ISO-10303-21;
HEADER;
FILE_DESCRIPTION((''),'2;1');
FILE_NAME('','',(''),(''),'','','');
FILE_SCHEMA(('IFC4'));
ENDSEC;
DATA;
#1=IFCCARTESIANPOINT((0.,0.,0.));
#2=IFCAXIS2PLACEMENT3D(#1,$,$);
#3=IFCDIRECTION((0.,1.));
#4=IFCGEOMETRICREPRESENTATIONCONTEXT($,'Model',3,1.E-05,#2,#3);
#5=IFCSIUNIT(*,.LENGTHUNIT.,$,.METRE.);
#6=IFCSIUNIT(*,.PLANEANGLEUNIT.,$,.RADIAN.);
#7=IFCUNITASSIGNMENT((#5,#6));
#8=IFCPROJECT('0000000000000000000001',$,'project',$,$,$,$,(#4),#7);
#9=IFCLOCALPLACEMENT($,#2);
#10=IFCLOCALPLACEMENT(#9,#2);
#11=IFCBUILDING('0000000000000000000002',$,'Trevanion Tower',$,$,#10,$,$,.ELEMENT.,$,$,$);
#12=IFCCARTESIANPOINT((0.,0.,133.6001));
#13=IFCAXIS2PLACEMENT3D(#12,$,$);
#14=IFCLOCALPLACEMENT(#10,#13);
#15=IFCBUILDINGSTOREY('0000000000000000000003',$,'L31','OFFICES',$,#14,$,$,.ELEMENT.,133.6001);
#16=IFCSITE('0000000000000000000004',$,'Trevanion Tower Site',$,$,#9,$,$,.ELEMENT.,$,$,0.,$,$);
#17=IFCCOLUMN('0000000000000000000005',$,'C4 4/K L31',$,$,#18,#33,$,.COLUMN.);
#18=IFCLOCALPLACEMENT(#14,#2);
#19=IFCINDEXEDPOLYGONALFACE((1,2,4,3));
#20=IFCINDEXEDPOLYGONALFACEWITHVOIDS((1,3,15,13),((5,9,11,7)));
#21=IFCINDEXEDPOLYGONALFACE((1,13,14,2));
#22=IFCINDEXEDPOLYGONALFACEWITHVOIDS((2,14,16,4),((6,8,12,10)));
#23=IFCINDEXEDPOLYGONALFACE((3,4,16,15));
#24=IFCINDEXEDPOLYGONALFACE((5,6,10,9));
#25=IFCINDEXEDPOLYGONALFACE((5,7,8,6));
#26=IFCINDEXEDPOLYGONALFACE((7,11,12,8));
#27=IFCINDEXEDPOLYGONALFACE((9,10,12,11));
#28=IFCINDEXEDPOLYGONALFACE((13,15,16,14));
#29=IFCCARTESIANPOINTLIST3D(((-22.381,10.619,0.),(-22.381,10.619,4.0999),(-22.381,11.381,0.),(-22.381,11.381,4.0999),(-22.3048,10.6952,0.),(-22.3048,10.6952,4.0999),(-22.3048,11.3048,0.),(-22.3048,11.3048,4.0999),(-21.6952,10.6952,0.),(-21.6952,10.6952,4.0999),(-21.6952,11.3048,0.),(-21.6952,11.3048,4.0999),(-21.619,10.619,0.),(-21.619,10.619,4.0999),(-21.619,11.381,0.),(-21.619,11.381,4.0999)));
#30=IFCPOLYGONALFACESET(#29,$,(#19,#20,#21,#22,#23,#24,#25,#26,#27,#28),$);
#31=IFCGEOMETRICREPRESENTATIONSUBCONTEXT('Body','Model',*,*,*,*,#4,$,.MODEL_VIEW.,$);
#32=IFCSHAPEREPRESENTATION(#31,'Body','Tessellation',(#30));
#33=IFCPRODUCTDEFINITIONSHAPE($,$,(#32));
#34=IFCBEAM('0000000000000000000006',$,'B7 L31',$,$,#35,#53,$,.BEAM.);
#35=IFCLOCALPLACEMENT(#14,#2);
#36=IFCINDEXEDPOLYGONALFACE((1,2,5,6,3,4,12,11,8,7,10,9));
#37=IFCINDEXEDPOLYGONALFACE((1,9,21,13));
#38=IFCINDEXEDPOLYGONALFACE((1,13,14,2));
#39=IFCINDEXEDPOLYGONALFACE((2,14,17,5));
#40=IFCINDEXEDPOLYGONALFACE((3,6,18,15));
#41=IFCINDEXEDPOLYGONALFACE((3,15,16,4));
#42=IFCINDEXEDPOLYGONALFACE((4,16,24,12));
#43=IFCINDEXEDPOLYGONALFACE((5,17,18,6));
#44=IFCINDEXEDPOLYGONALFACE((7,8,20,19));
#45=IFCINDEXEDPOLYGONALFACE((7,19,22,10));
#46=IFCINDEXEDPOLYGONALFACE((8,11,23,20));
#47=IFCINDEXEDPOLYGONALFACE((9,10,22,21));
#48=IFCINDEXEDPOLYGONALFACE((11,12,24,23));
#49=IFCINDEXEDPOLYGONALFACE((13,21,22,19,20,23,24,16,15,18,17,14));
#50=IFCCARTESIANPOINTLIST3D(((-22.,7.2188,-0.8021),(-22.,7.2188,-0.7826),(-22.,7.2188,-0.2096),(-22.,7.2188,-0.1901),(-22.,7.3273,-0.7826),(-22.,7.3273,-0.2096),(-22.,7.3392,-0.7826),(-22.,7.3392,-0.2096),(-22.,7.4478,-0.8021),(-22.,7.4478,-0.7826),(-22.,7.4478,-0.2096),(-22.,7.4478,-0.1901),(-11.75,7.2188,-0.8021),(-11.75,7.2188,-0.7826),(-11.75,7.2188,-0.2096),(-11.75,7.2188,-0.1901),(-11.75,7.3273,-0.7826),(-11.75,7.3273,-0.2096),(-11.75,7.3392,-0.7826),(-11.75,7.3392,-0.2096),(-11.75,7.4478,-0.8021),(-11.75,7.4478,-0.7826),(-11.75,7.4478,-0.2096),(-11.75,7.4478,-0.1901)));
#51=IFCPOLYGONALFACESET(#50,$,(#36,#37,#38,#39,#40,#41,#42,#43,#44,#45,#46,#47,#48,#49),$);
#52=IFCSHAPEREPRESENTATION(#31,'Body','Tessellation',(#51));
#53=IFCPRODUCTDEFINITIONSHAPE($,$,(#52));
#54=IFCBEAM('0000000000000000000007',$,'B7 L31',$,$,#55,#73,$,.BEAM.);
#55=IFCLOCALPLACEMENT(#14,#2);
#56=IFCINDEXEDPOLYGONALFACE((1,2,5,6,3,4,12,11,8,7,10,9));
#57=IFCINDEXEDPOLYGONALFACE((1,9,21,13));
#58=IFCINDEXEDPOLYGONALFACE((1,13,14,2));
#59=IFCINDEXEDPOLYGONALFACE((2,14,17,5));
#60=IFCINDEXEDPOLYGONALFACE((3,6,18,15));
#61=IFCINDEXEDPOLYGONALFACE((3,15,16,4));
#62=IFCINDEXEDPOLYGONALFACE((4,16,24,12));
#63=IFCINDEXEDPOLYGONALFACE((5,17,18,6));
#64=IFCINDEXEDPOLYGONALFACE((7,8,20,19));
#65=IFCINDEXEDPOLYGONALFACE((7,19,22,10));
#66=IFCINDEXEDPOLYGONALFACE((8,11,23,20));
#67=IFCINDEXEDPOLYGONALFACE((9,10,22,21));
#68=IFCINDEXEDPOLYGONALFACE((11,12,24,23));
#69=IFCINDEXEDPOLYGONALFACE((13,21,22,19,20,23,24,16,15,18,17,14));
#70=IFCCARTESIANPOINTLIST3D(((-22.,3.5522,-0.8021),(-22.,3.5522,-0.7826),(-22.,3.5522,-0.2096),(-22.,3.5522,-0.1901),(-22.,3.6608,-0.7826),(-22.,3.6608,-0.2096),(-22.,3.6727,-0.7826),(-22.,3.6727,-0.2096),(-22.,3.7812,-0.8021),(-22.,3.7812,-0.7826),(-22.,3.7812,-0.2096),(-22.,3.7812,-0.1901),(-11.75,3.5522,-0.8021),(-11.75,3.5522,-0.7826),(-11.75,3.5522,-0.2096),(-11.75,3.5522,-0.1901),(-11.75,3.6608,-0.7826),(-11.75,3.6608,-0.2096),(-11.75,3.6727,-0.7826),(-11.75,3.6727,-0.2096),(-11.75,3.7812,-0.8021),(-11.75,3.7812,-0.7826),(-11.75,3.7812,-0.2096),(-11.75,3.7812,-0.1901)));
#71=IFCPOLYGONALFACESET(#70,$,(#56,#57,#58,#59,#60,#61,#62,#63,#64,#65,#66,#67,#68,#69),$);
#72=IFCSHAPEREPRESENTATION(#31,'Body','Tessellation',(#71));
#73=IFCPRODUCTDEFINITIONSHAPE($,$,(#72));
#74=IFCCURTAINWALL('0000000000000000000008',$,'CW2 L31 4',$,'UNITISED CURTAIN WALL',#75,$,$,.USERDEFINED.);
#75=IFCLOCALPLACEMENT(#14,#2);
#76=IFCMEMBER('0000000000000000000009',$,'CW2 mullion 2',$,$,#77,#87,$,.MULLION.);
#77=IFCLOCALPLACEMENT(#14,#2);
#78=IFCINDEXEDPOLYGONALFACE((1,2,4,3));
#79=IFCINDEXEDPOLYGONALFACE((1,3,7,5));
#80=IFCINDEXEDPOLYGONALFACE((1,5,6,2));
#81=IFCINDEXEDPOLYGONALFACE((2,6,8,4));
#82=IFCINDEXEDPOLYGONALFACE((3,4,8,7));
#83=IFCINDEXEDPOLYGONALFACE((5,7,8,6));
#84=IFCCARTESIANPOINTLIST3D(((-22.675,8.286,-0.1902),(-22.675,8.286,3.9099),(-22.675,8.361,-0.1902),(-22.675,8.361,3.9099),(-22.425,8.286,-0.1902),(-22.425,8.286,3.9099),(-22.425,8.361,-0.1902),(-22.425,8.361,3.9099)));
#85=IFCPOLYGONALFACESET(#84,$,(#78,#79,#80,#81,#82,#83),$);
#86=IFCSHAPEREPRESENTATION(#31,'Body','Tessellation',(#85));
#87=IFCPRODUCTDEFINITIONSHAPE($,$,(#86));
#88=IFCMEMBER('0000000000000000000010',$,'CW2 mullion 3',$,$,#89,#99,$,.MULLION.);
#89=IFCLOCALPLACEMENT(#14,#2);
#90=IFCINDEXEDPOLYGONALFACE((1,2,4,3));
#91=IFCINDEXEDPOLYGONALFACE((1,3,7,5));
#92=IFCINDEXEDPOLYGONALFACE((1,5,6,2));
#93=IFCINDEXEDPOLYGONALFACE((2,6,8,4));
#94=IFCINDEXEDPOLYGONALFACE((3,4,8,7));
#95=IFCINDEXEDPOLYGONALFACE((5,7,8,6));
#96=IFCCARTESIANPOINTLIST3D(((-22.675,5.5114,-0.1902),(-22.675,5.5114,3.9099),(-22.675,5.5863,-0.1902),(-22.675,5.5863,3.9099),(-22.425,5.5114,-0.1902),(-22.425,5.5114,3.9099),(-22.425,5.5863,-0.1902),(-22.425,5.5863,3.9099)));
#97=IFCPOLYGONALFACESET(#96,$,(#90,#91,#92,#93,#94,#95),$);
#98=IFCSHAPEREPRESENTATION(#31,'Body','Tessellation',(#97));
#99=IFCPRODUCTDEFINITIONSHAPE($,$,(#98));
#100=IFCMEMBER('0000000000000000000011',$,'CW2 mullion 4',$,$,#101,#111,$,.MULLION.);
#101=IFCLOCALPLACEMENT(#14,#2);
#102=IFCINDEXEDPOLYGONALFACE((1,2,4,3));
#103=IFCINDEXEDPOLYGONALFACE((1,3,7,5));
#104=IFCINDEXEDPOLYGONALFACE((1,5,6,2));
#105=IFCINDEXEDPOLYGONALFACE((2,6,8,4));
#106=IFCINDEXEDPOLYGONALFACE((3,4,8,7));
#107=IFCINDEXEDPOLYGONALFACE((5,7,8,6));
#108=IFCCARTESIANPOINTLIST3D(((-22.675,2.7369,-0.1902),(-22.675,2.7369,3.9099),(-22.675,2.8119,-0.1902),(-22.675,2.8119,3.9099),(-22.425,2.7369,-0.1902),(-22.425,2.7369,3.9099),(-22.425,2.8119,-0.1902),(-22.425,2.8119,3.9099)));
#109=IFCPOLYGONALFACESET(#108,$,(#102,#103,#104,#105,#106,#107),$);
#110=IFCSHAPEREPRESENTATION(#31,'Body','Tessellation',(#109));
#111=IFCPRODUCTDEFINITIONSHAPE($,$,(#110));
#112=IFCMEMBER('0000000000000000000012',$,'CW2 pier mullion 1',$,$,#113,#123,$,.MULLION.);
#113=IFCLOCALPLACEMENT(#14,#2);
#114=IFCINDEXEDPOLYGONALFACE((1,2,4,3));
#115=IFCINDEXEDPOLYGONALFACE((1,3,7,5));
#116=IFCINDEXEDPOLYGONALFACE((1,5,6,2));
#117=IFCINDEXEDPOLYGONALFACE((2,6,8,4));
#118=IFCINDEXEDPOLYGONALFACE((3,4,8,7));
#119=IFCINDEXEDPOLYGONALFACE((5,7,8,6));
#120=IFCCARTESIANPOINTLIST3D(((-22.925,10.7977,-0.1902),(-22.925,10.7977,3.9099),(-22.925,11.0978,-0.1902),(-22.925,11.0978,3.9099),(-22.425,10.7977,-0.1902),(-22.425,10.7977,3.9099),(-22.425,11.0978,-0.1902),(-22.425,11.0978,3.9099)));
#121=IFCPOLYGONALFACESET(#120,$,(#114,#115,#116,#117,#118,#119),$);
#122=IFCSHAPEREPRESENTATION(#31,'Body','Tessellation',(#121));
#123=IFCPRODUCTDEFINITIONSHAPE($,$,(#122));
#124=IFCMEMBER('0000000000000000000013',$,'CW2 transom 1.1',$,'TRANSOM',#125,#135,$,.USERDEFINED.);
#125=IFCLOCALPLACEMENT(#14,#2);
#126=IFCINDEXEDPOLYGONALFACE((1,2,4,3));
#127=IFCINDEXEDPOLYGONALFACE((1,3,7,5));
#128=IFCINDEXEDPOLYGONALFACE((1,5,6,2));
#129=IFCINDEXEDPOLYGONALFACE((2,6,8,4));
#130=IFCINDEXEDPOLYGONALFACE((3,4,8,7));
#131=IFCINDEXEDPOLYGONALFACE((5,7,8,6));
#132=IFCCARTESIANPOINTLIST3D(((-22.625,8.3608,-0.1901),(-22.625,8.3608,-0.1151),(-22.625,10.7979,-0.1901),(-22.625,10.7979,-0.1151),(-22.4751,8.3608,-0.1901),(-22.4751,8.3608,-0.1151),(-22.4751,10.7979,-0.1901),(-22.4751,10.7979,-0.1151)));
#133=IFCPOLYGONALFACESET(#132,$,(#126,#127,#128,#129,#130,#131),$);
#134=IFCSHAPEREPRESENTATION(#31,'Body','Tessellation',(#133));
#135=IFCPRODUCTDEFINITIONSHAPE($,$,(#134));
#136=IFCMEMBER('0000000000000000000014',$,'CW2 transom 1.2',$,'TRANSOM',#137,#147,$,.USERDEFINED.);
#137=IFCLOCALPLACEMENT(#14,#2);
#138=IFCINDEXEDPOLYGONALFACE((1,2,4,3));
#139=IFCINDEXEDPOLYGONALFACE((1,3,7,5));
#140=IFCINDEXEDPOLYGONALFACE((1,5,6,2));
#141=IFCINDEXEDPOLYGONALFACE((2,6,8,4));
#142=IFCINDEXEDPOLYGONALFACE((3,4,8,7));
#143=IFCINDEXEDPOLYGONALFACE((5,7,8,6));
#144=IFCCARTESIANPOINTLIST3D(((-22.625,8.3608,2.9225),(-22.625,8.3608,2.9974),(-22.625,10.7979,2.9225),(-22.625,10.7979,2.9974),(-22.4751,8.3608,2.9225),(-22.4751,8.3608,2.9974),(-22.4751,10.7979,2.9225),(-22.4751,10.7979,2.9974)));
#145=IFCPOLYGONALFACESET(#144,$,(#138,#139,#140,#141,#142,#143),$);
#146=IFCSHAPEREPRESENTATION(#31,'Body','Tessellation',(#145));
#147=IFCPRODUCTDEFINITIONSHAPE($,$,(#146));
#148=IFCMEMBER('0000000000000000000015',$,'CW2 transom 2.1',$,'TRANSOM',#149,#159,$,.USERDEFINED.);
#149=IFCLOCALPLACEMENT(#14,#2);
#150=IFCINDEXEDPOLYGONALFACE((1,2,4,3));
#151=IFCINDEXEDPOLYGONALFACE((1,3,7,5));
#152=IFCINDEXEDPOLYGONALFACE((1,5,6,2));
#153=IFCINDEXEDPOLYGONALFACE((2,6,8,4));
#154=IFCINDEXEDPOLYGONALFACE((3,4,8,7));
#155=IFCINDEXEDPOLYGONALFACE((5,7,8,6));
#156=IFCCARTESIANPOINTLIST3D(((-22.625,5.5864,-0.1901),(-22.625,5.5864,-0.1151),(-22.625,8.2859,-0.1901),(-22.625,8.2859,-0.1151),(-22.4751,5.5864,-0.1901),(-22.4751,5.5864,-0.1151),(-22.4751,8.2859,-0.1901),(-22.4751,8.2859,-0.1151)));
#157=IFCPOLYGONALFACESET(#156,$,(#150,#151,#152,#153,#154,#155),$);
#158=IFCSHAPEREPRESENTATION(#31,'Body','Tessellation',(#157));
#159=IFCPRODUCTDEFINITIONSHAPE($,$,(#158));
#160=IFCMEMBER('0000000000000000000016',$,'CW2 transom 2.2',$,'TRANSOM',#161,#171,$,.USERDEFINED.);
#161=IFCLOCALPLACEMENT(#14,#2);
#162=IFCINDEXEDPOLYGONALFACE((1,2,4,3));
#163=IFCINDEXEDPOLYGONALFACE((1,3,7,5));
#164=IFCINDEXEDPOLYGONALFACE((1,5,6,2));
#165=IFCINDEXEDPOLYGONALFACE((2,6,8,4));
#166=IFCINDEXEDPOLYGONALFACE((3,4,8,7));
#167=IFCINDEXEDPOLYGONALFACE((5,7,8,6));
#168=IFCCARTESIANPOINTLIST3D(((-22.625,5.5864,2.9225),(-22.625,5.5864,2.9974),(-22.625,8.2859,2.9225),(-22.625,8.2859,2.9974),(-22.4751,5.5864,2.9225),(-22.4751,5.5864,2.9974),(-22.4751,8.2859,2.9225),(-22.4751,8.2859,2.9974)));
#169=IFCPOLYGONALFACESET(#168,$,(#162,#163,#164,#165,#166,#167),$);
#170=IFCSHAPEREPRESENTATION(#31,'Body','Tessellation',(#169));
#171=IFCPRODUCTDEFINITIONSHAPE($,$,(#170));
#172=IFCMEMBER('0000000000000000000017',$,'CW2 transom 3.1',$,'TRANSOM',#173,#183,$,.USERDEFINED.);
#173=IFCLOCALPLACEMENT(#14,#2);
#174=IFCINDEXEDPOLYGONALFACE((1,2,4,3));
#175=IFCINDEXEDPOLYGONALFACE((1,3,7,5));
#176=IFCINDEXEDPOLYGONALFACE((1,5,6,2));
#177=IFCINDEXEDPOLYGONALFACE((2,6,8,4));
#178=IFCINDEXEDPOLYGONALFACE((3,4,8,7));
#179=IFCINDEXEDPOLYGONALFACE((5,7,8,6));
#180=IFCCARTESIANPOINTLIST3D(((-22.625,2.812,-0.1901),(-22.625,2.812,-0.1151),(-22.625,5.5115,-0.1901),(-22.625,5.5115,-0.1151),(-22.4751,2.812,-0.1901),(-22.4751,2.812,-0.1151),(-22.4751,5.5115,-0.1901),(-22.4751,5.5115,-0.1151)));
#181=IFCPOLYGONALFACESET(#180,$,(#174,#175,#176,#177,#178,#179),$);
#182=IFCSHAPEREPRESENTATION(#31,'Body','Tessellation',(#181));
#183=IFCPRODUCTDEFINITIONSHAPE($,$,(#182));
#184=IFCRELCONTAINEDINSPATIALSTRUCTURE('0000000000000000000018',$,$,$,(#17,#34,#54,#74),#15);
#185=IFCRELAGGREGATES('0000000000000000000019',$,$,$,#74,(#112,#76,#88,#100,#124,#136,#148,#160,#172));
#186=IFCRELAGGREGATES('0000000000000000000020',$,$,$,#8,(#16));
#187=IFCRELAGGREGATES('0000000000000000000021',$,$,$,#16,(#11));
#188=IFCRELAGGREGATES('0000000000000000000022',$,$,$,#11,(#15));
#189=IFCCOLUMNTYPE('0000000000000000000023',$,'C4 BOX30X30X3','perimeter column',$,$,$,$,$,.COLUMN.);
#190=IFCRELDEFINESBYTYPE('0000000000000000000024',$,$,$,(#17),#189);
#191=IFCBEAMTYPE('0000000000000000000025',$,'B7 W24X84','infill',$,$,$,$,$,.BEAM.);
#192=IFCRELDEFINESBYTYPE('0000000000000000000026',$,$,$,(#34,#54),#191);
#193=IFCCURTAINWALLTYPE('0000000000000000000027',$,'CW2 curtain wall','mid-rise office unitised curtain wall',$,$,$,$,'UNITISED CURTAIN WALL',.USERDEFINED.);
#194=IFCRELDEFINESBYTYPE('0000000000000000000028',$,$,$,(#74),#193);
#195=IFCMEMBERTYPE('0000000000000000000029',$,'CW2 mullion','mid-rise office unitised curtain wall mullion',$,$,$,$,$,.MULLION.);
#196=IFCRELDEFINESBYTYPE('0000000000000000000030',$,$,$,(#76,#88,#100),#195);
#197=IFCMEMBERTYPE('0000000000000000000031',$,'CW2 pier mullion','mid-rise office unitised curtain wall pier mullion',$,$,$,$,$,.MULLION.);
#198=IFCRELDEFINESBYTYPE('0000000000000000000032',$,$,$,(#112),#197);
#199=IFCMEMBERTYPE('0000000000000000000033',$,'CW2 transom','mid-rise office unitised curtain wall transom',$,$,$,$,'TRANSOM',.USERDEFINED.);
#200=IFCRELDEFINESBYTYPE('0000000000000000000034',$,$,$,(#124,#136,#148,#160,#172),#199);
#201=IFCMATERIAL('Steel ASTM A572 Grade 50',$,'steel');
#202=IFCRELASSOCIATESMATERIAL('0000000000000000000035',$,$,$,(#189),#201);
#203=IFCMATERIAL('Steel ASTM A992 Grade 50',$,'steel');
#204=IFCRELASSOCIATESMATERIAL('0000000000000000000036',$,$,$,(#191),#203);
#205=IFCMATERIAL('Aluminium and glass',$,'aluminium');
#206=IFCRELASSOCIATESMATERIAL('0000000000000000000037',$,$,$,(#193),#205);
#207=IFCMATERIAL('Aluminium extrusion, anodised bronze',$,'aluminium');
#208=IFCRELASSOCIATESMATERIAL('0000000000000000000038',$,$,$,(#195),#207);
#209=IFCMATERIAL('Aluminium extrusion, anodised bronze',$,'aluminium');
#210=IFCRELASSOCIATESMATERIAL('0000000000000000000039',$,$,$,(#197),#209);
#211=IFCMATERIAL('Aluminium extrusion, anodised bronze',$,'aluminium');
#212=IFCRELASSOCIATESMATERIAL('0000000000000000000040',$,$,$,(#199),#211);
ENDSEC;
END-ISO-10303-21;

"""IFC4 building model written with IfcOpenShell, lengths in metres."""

from ifc_helpers import new_model, si_unit, direction, frame, origin, origin_2d, place, context, subcontext, project, spatial, rectangle, hollow_rectangle, i_section, extrude, material, material_profile, profile_set, type_object, element, aggregate, save


model = new_model("IFC4")

# Units and contexts
model_context = context("Model", 3, precision=1e-05, world=origin(), true_north=direction((0.0, 1.0)))
body_context = subcontext(model_context, "Body", "Model", "MODEL_VIEW")
ifc_project = project(units=[si_unit("LENGTHUNIT", "METRE"), si_unit("PLANEANGLEUNIT", "RADIAN")], contexts=[model_context])

# Site, building, storey
site_placement = place(None, origin())
site = spatial("IfcSite", under=ifc_project, at=site_placement, Name="Trevanion Tower Site", CompositionType="ELEMENT", RefElevation=0.0)
building_placement = place(site_placement, origin())
building = spatial("IfcBuilding", under=site, at=building_placement, Name="Trevanion Tower", CompositionType="ELEMENT")
storey_placement = place(building_placement, frame((0.0, 0.0, 133.6001)))
storey = spatial("IfcBuildingStorey", under=building, at=storey_placement, Name="L31", Description="OFFICES", CompositionType="ELEMENT", Elevation=133.6001)

# Column
ifc_material_1 = material(Name="Steel ASTM A572 Grade 50", Category="steel")
ifc_material_profile_1 = material_profile(ifc_material_1, hollow_rectangle(XDim=0.762, YDim=0.762, WallThickness=0.0762, at=origin_2d()), Name="BOX30X30X3")
ifc_profile_set_1 = profile_set([ifc_material_profile_1], Name="Steel ASTM A572 Grade 50")
column_type = type_object("IfcColumnType", Name="C4 BOX30X30X3", Description="perimeter column", PredefinedType="COLUMN", material=ifc_profile_set_1)
column_placement = place(storey_placement, frame((-22.0, 11.0, 0.0), z_axis=(0.0, 0.0, 1.0), x_axis=(0.0, 1.0, 0.0)))
element("IfcColumn", 1, at=column_placement, inside=storey, type_object=column_type, Name="C4 4/K L31", PredefinedType="COLUMN", context=body_context, shape_type="SweptSolid", body=[
    extrude(hollow_rectangle(XDim=0.762, YDim=0.762, WallThickness=0.0762, at=origin_2d()), origin(), (0.0, 0.0, 1.0), 4.0999),
])

# Beams
ifc_material_2 = material(Name="Steel ASTM A992 Grade 50", Category="steel")
ifc_material_profile_2 = material_profile(ifc_material_2, i_section(OverallWidth=0.229, OverallDepth=0.6121, WebThickness=0.012, FlangeThickness=0.0195, at=origin_2d()), Name="W24X84")
ifc_profile_set_2 = profile_set([ifc_material_profile_2], Name="Steel ASTM A992 Grade 50")
beam_type_1 = type_object("IfcBeamType", Name="B7 W24X84", Description="infill", PredefinedType="BEAM", material=ifc_profile_set_2)
for number, where, z_axis, x_axis, name in (
    (2, (-11.75, 7.3333, -0.4961), (-1.0, 0.0, 0.0), (0.0, -1.0, 0.0), "B7 L31"),
    (3, (-11.75, 3.6667, -0.4961), (-1.0, 0.0, 0.0), (0.0, -1.0, 0.0), "B7 L31"),
):
    element("IfcBeam", number, at=place(storey_placement, frame(where, z_axis=z_axis, x_axis=x_axis)), inside=storey, type_object=beam_type_1, Name=name, PredefinedType="BEAM", context=body_context, shape_type="SweptSolid", body=[
        extrude(i_section(OverallWidth=0.229, OverallDepth=0.6121, WebThickness=0.012, FlangeThickness=0.0195, at=origin_2d()), origin(), (0.0, 0.0, 1.0), 10.25),
    ])

# Curtain wall, members
ifc_material_3 = material(Name="Aluminium and glass", Category="aluminium")
curtain_wall_type = type_object("IfcCurtainWallType", Name="CW2 curtain wall", Description="mid-rise office unitised curtain wall", ElementType="UNITISED CURTAIN WALL", PredefinedType="USERDEFINED", material=ifc_material_3)
curtain_wall_placement = place(storey_placement, origin())
curtain_wall = element("IfcCurtainWall", 4, at=curtain_wall_placement, inside=storey, type_object=curtain_wall_type, Name="CW2 L31 4", ObjectType="UNITISED CURTAIN WALL", PredefinedType="USERDEFINED")
ifc_material_4 = material(Name="Aluminium extrusion, anodised bronze", Category="aluminium")
ifc_material_profile_3 = material_profile(ifc_material_4, rectangle(XDim=0.075, YDim=0.25, at=origin_2d()), Name="CW2 mullion")
ifc_profile_set_3 = profile_set([ifc_material_profile_3], Name="Aluminium extrusion, anodised bronze")
member_type_1 = type_object("IfcMemberType", Name="CW2 mullion", Description="mid-rise office unitised curtain wall mullion", PredefinedType="MULLION", material=ifc_profile_set_3)
member_1_placement = place(storey_placement, frame((-22.55, 8.3235, -0.1902), z_axis=(0.0, 0.0, 1.0), x_axis=(0.0, -1.0, 0.0)))
member_1 = element("IfcMember", 5, at=member_1_placement, type_object=member_type_1, Name="CW2 mullion 2", PredefinedType="MULLION", context=body_context, shape_type="SweptSolid", body=[
    extrude(rectangle(XDim=0.075, YDim=0.25, at=origin_2d()), origin(), (0.0, 0.0, 1.0), 4.1001),
])
member_2_placement = place(storey_placement, frame((-22.55, 5.5488, -0.1902), z_axis=(0.0, 0.0, 1.0), x_axis=(0.0, -1.0, 0.0)))
member_2 = element("IfcMember", 6, at=member_2_placement, type_object=member_type_1, Name="CW2 mullion 3", PredefinedType="MULLION", context=body_context, shape_type="SweptSolid", body=[
    extrude(rectangle(XDim=0.075, YDim=0.25, at=origin_2d()), origin(), (0.0, 0.0, 1.0), 4.1001),
])
member_3_placement = place(storey_placement, frame((-22.55, 2.7744, -0.1902), z_axis=(0.0, 0.0, 1.0), x_axis=(0.0, -1.0, 0.0)))
member_3 = element("IfcMember", 7, at=member_3_placement, type_object=member_type_1, Name="CW2 mullion 4", PredefinedType="MULLION", context=body_context, shape_type="SweptSolid", body=[
    extrude(rectangle(XDim=0.075, YDim=0.25, at=origin_2d()), origin(), (0.0, 0.0, 1.0), 4.1001),
])
ifc_material_5 = material(Name="Aluminium extrusion, anodised bronze", Category="aluminium")
ifc_material_profile_4 = material_profile(ifc_material_5, rectangle(XDim=0.3, YDim=0.5, at=origin_2d()), Name="CW2 pier mullion")
ifc_profile_set_4 = profile_set([ifc_material_profile_4], Name="Aluminium extrusion, anodised bronze")
member_type_2 = type_object("IfcMemberType", Name="CW2 pier mullion", Description="mid-rise office unitised curtain wall pier mullion", PredefinedType="MULLION", material=ifc_profile_set_4)
member_4_placement = place(storey_placement, frame((-22.675, 10.9478, -0.1902), z_axis=(0.0, 0.0, 1.0), x_axis=(0.0, -1.0, 0.0)))
member_4 = element("IfcMember", 8, at=member_4_placement, type_object=member_type_2, Name="CW2 pier mullion 1", PredefinedType="MULLION", context=body_context, shape_type="SweptSolid", body=[
    extrude(rectangle(XDim=0.3, YDim=0.5, at=origin_2d()), origin(), (0.0, 0.0, 1.0), 4.1001),
])
ifc_material_6 = material(Name="Aluminium extrusion, anodised bronze", Category="aluminium")
ifc_material_profile_5 = material_profile(ifc_material_6, rectangle(XDim=0.1499, YDim=0.075, at=origin_2d()), Name="CW2 transom")
ifc_profile_set_5 = profile_set([ifc_material_profile_5], Name="Aluminium extrusion, anodised bronze")
member_type_3 = type_object("IfcMemberType", Name="CW2 transom", Description="mid-rise office unitised curtain wall transom", ElementType="TRANSOM", PredefinedType="USERDEFINED", material=ifc_profile_set_5)
member_5_placement = place(storey_placement, frame((-22.55, 10.7979, -0.1526), z_axis=(0.0, -1.0, 0.0), x_axis=(1.0, 0.0, 0.0)))
member_5 = element("IfcMember", 9, at=member_5_placement, type_object=member_type_3, Name="CW2 transom 1.1", ObjectType="TRANSOM", PredefinedType="USERDEFINED", context=body_context, shape_type="SweptSolid", body=[
    extrude(rectangle(XDim=0.1499, YDim=0.075, at=origin_2d()), origin(), (0.0, 0.0, 1.0), 2.437),
])
member_6_placement = place(storey_placement, frame((-22.55, 10.7979, 2.96), z_axis=(0.0, -1.0, 0.0), x_axis=(1.0, 0.0, 0.0)))
member_6 = element("IfcMember", 10, at=member_6_placement, type_object=member_type_3, Name="CW2 transom 1.2", ObjectType="TRANSOM", PredefinedType="USERDEFINED", context=body_context, shape_type="SweptSolid", body=[
    extrude(rectangle(XDim=0.1499, YDim=0.075, at=origin_2d()), origin(), (0.0, 0.0, 1.0), 2.437),
])
member_7_placement = place(storey_placement, frame((-22.55, 8.2859, -0.1526), z_axis=(0.0, -1.0, 0.0), x_axis=(1.0, 0.0, 0.0)))
member_7 = element("IfcMember", 11, at=member_7_placement, type_object=member_type_3, Name="CW2 transom 2.1", ObjectType="TRANSOM", PredefinedType="USERDEFINED", context=body_context, shape_type="SweptSolid", body=[
    extrude(rectangle(XDim=0.1499, YDim=0.075, at=origin_2d()), origin(), (0.0, 0.0, 1.0), 2.6995),
])
member_8_placement = place(storey_placement, frame((-22.55, 8.2859, 2.96), z_axis=(0.0, -1.0, 0.0), x_axis=(1.0, 0.0, 0.0)))
member_8 = element("IfcMember", 12, at=member_8_placement, type_object=member_type_3, Name="CW2 transom 2.2", ObjectType="TRANSOM", PredefinedType="USERDEFINED", context=body_context, shape_type="SweptSolid", body=[
    extrude(rectangle(XDim=0.1499, YDim=0.075, at=origin_2d()), origin(), (0.0, 0.0, 1.0), 2.6995),
])
member_9_placement = place(storey_placement, frame((-22.55, 5.5115, -0.1526), z_axis=(0.0, -1.0, 0.0), x_axis=(1.0, 0.0, 0.0)))
member_9 = element("IfcMember", 13, at=member_9_placement, type_object=member_type_3, Name="CW2 transom 3.1", ObjectType="TRANSOM", PredefinedType="USERDEFINED", context=body_context, shape_type="SweptSolid", body=[
    extrude(rectangle(XDim=0.1499, YDim=0.075, at=origin_2d()), origin(), (0.0, 0.0, 1.0), 2.6995),
])

aggregate(curtain_wall, [member_4, member_1, member_2, member_3, member_5, member_6, member_7, member_8, member_9])

save(model, "model.ifc")
